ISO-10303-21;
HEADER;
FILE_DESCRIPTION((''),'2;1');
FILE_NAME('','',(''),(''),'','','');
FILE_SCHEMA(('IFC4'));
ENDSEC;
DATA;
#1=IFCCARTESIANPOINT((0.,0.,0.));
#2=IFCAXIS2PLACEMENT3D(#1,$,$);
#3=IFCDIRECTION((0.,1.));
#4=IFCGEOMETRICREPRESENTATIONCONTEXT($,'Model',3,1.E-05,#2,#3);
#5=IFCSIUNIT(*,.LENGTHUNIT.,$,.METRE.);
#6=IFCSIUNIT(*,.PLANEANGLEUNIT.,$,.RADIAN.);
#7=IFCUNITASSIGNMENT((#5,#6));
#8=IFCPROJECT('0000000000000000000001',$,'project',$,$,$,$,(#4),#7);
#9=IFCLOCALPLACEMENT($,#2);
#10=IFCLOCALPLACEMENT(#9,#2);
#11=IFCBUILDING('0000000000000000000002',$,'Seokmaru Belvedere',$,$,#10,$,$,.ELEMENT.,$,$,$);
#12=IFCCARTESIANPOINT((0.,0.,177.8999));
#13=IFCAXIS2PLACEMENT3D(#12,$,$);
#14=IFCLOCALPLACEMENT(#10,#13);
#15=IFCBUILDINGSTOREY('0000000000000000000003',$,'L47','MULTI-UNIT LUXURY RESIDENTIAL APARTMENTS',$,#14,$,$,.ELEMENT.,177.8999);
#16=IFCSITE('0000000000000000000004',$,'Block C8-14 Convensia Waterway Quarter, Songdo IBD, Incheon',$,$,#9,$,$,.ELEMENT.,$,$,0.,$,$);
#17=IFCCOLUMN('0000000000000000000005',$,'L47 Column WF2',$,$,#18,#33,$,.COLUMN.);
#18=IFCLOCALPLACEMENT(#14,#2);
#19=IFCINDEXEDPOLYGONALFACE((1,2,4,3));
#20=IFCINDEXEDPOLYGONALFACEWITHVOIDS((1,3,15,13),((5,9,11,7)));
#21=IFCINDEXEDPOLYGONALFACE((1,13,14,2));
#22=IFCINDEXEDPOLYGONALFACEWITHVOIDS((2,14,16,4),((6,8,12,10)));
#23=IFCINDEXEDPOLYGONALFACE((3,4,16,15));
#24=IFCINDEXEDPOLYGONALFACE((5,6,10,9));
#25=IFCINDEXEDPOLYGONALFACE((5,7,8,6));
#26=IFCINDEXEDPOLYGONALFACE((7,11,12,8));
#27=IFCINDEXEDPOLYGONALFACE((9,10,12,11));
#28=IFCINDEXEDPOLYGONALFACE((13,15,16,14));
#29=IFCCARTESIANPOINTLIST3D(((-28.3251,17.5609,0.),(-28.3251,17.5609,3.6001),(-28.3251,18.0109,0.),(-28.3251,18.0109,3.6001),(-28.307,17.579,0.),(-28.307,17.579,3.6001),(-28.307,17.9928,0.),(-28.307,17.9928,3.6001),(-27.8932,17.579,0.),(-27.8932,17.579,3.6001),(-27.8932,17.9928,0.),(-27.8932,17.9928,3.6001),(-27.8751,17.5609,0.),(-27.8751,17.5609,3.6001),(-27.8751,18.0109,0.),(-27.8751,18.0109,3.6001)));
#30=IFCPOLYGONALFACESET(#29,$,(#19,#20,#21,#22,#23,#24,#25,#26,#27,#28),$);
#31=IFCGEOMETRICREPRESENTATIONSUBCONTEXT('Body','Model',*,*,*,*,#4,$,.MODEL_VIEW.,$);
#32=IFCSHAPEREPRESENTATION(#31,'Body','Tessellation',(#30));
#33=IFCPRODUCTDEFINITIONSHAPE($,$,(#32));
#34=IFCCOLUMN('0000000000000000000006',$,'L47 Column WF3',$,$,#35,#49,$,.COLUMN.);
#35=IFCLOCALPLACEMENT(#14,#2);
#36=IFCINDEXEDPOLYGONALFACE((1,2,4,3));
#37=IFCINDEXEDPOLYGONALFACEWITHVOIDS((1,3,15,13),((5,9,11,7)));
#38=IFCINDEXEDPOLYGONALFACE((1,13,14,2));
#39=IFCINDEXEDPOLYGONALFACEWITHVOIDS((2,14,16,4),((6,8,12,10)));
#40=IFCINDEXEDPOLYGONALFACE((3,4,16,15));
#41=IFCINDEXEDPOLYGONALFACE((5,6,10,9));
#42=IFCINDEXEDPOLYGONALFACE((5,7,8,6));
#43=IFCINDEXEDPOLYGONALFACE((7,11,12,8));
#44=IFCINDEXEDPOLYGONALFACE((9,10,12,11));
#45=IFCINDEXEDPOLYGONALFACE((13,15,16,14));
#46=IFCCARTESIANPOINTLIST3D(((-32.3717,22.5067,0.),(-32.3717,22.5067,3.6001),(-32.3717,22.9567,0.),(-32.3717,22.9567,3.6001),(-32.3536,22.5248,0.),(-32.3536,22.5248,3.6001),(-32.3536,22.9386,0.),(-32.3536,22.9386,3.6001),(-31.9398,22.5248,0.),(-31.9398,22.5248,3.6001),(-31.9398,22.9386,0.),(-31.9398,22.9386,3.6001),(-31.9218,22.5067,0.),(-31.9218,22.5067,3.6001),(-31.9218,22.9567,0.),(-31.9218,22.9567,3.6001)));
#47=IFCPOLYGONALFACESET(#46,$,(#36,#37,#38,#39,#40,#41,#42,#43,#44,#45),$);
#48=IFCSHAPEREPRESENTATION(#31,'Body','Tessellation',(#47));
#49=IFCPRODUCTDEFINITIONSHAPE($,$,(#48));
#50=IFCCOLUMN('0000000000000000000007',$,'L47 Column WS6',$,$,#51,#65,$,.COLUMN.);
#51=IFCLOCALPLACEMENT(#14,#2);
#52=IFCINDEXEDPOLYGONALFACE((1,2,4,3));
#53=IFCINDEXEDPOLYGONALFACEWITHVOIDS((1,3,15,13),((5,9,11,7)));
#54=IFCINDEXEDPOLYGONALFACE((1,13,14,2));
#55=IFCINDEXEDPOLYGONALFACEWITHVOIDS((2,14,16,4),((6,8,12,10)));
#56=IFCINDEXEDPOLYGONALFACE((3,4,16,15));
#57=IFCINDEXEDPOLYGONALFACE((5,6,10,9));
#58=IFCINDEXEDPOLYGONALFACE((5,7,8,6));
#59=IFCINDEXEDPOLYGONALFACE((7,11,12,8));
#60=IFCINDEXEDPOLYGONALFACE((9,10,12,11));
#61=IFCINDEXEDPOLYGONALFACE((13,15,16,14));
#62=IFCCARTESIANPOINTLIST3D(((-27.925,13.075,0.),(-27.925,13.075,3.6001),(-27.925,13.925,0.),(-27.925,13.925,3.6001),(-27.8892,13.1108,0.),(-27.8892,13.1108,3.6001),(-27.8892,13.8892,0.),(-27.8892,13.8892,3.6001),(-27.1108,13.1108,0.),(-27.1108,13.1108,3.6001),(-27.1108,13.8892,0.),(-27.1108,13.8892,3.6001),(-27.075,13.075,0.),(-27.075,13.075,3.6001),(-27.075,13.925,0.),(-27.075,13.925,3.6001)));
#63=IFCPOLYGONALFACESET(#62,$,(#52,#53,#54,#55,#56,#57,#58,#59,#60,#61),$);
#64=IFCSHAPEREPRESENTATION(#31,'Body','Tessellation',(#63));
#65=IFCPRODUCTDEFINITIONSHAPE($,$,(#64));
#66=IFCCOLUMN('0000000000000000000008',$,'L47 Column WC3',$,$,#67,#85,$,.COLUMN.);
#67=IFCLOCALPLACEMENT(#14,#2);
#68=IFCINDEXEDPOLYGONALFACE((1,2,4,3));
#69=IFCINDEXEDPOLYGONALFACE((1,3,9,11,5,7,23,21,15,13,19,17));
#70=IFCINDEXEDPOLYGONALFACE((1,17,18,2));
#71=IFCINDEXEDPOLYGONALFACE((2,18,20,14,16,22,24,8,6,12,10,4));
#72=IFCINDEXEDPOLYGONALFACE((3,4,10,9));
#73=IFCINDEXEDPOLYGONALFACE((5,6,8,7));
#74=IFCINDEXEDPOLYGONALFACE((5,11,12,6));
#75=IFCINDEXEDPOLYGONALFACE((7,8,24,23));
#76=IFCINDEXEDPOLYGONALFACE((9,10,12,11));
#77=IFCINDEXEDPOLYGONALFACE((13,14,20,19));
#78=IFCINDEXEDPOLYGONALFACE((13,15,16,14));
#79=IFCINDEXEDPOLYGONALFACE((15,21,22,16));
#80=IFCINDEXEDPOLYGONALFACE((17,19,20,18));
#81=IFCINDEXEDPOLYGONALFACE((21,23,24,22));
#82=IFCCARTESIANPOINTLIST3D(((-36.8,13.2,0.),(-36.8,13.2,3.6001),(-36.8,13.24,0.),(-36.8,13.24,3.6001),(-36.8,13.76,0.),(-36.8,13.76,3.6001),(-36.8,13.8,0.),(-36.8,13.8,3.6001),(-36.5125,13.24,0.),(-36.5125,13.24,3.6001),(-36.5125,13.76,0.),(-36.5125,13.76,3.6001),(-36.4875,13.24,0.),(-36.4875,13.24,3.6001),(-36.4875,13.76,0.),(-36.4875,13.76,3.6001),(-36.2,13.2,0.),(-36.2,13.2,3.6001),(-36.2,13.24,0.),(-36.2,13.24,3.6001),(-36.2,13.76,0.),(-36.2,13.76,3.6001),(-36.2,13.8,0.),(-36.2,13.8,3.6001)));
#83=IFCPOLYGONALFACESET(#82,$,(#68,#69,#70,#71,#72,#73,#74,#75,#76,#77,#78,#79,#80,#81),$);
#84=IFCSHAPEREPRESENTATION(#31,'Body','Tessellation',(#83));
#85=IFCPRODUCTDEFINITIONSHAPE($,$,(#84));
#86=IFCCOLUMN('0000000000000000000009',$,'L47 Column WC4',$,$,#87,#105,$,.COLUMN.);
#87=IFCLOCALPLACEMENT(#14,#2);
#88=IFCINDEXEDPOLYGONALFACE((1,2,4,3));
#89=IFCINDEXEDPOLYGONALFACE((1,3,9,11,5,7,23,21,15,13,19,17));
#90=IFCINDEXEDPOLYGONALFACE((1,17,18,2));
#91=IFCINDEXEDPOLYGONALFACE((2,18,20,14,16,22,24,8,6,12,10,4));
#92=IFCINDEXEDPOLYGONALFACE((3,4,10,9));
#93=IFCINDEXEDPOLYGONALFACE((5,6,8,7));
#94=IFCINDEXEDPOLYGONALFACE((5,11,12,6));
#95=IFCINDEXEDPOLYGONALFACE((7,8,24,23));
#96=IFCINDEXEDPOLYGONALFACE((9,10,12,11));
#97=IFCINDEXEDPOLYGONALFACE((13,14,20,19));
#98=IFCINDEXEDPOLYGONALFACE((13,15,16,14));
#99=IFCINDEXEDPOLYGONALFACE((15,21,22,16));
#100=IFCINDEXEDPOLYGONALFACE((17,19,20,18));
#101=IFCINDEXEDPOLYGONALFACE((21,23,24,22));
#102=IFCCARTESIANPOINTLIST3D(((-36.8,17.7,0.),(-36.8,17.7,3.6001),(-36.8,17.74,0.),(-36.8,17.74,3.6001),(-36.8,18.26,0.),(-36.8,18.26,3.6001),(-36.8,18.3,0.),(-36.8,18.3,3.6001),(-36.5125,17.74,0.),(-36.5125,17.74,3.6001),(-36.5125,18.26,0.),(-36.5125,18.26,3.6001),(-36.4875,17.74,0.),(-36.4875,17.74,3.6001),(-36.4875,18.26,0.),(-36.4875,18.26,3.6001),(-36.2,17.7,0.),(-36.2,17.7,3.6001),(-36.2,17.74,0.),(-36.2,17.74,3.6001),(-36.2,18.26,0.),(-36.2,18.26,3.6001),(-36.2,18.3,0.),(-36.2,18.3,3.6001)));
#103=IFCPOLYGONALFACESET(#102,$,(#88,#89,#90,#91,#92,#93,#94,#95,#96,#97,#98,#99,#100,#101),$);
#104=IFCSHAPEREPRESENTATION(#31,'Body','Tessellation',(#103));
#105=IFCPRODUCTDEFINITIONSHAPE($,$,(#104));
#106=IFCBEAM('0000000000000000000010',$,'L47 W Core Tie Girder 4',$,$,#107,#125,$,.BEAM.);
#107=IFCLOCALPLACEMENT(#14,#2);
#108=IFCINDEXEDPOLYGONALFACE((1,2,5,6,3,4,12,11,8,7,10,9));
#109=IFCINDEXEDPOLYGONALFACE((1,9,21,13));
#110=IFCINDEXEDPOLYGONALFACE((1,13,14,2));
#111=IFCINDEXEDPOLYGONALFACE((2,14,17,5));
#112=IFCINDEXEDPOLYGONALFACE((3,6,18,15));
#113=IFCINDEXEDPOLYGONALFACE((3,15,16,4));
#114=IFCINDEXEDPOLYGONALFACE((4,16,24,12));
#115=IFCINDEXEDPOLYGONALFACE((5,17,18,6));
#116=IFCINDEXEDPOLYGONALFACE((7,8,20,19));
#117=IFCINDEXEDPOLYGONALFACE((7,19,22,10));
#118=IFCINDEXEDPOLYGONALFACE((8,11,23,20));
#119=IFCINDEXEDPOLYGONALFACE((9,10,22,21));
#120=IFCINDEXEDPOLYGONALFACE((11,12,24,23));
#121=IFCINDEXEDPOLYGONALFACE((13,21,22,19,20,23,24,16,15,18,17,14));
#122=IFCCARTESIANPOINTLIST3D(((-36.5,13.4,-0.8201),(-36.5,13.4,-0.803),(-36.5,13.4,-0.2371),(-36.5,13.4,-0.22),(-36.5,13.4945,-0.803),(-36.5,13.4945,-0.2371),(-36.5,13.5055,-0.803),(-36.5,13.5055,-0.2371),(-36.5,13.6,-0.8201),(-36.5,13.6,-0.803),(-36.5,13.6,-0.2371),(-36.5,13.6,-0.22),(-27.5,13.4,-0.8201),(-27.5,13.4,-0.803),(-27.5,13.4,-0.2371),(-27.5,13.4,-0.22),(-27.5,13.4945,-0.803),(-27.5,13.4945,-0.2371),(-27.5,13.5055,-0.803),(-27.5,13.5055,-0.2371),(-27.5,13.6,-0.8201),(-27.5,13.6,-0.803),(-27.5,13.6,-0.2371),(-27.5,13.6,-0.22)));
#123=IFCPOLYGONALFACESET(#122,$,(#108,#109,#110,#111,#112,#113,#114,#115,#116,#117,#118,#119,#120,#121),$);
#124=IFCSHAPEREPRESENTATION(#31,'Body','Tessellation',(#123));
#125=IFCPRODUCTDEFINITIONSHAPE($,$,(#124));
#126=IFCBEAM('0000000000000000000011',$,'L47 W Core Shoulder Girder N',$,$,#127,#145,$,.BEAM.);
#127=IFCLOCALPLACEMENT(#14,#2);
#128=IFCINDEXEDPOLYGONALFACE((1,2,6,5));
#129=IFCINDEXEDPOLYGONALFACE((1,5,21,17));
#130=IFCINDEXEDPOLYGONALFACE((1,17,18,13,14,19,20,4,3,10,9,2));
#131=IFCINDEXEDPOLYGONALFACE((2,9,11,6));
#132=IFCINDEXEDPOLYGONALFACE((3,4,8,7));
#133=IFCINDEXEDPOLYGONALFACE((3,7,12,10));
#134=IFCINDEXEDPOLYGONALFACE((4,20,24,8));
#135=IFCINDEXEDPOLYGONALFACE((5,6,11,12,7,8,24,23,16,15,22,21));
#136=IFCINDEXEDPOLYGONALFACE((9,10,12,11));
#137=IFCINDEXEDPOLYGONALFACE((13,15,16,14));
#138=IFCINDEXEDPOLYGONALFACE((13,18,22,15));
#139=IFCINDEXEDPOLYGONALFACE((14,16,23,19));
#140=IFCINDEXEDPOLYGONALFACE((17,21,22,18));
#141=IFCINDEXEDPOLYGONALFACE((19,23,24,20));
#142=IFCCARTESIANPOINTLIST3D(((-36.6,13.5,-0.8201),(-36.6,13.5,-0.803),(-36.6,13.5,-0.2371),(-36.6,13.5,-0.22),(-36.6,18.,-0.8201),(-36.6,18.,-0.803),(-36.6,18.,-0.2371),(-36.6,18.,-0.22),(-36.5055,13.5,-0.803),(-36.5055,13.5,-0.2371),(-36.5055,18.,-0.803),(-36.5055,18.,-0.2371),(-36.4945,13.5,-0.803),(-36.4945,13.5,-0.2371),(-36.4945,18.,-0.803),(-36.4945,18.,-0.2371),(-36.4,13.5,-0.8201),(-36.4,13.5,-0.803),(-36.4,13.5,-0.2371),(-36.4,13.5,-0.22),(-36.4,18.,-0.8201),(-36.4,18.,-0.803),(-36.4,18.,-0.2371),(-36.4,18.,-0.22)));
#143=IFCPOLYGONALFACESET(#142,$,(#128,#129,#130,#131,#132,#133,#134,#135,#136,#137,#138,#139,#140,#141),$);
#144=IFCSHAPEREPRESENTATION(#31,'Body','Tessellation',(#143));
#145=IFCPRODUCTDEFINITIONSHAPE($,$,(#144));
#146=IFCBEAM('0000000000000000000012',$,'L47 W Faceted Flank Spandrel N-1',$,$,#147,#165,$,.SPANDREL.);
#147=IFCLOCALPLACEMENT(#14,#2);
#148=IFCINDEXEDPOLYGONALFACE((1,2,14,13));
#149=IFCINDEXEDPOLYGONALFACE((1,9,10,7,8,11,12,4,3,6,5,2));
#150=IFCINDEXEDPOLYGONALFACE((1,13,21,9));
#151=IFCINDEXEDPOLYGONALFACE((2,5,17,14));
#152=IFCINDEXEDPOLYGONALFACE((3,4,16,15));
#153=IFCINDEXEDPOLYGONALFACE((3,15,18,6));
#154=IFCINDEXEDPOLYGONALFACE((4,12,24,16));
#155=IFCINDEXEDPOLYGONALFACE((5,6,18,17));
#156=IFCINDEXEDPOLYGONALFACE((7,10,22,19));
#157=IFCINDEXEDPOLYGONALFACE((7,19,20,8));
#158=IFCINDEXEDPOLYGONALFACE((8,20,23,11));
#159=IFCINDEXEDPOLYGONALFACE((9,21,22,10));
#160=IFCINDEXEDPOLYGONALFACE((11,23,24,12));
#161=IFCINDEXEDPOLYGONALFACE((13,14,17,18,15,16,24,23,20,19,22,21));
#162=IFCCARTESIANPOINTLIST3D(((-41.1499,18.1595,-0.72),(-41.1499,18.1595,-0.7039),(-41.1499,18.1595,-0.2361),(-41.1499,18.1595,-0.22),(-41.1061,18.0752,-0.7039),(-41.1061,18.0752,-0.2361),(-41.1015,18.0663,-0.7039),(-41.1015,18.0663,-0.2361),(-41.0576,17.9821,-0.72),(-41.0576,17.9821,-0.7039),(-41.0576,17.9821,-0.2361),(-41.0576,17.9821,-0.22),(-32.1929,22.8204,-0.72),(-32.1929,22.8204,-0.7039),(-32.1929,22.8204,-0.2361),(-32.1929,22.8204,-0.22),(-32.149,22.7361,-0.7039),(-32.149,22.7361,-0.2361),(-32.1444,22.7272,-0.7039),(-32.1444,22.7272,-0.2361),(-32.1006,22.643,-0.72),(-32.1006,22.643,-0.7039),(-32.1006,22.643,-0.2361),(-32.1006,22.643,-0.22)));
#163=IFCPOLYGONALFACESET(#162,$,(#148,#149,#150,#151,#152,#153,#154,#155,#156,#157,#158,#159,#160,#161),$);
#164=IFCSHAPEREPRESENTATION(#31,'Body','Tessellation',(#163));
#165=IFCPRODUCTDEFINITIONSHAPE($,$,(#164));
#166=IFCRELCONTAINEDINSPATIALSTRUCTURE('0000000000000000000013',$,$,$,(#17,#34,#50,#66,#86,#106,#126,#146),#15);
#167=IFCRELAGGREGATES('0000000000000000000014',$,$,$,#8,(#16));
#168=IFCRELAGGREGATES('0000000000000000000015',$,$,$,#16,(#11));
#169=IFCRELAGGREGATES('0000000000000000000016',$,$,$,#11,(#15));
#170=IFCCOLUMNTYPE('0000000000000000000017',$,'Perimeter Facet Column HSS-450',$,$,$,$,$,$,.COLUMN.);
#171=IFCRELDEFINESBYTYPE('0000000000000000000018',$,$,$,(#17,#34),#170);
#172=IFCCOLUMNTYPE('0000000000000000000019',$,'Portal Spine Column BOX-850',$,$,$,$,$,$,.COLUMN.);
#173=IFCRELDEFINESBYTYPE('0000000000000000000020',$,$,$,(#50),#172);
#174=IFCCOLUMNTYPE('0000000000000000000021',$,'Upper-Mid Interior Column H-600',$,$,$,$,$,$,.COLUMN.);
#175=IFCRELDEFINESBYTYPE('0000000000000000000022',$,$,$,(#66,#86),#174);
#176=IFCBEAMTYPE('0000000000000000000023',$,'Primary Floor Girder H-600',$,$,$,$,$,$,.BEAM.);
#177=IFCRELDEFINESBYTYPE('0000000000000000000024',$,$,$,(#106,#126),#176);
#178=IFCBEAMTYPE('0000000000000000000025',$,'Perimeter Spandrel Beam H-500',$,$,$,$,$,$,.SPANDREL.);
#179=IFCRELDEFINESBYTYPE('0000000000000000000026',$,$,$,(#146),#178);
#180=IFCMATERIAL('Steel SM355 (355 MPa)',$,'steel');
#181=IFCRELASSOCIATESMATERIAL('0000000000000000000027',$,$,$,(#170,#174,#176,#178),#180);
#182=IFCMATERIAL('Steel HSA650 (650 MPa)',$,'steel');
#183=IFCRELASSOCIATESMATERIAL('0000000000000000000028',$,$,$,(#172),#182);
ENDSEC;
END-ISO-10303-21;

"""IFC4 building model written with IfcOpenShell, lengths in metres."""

from ifc_helpers import new_model, si_unit, direction, frame, origin, origin_2d, place, context, subcontext, project, spatial, hollow_rectangle, i_section, extrude, source, transform, mapped, material, material_profile, profile_set, type_object, type_shapes, element, save


model = new_model("IFC4")

# Units and contexts
model_context = context("Model", 3, precision=1e-05, world=origin(), true_north=direction((0.0, 1.0)))
body_context = subcontext(model_context, "Body", "Model", "MODEL_VIEW")
ifc_project = project(units=[si_unit("LENGTHUNIT", "METRE"), si_unit("PLANEANGLEUNIT", "RADIAN")], contexts=[model_context])

# Site, building, storey
site_placement = place(None, origin())
site = spatial("IfcSite", under=ifc_project, at=site_placement, Name="Block C8-14 Convensia Waterway Quarter, Songdo IBD, Incheon", CompositionType="ELEMENT", RefElevation=0.0)
building_placement = place(site_placement, origin())
building = spatial("IfcBuilding", under=site, at=building_placement, Name="Seokmaru Belvedere", CompositionType="ELEMENT")
storey_placement = place(building_placement, frame((0.0, 0.0, 177.8999)))
storey = spatial("IfcBuildingStorey", under=building, at=storey_placement, Name="L47", Description="MULTI-UNIT LUXURY RESIDENTIAL APARTMENTS", CompositionType="ELEMENT", Elevation=177.8999)

# Columns
ifc_material_1 = material(Name="Steel SM355 (355 MPa)", Category="steel")
ifc_material_profile_1 = material_profile(ifc_material_1, hollow_rectangle(XDim=0.45, YDim=0.45, WallThickness=0.0181, at=origin_2d()), Name="HSS-450x450x18")
ifc_profile_set_1 = profile_set([ifc_material_profile_1], Name="Steel SM355 (355 MPa)")
column_type_1 = type_object("IfcColumnType", Name="Perimeter Facet Column HSS-450", PredefinedType="COLUMN", material=ifc_profile_set_1)
shared_shape_1 = source(origin(), body_context, "Body", "SweptSolid", [
    extrude(hollow_rectangle(XDim=0.45, YDim=0.45, WallThickness=0.0181, at=origin_2d()), origin(), (0.0, 0.0, 1.0), 3.6001),
])
type_shapes(column_type_1, [shared_shape_1])
for number, where, z_axis, x_axis, name in (
    (1, (-28.1001, 17.7859, 0.0), (0.0, 0.0, 1.0), (1.0, 0.0, 0.0), "L47 Column WF2"),
    (2, (-32.1467, 22.7317, 0.0), (0.0, 0.0, 1.0), (1.0, 0.0, 0.0), "L47 Column WF3"),
):
    element("IfcColumn", number, at=place(storey_placement, frame(where, z_axis=z_axis, x_axis=x_axis)), inside=storey, type_object=column_type_1, Name=name, PredefinedType="COLUMN", context=body_context, shape_type="MappedRepresentation", body=[
        mapped(shared_shape_1, transform((0.0, 0.0, 0.0), scale=1.0)),
    ])
ifc_material_2 = material(Name="Steel HSA650 (650 MPa)", Category="steel")
ifc_material_profile_2 = material_profile(ifc_material_2, hollow_rectangle(XDim=0.8501, YDim=0.8501, WallThickness=0.0359, at=origin_2d()), Name="BOX-850x850x36")
ifc_profile_set_2 = profile_set([ifc_material_profile_2], Name="Steel HSA650 (650 MPa)")
column_type_2 = type_object("IfcColumnType", Name="Portal Spine Column BOX-850", PredefinedType="COLUMN", material=ifc_profile_set_2)
shared_shape_2 = source(origin(), body_context, "Body", "SweptSolid", [
    extrude(hollow_rectangle(XDim=0.8501, YDim=0.8501, WallThickness=0.0359, at=origin_2d()), origin(), (0.0, 0.0, 1.0), 3.6001),
])
type_shapes(column_type_2, [shared_shape_2])
column_placement = place(storey_placement, frame((-27.5, 13.5, 0.0), z_axis=(0.0, 0.0, 1.0), x_axis=(1.0, 0.0, 0.0)))
element("IfcColumn", 3, at=column_placement, inside=storey, type_object=column_type_2, Name="L47 Column WS6", PredefinedType="COLUMN", context=body_context, shape_type="MappedRepresentation", body=[
    mapped(shared_shape_2, transform((0.0, 0.0, 0.0), scale=1.0)),
])
ifc_material_profile_3 = material_profile(ifc_material_1, i_section(OverallWidth=0.6001, OverallDepth=0.6001, WebThickness=0.0249, FlangeThickness=0.04, at=origin_2d()), Name="H-600x600x25x40")
ifc_profile_set_3 = profile_set([ifc_material_profile_3], Name="Steel SM355 (355 MPa)")
column_type_3 = type_object("IfcColumnType", Name="Upper-Mid Interior Column H-600", PredefinedType="COLUMN", material=ifc_profile_set_3)
shared_shape_3 = source(origin(), body_context, "Body", "SweptSolid", [
    extrude(i_section(OverallWidth=0.6001, OverallDepth=0.6001, WebThickness=0.0249, FlangeThickness=0.04, at=origin_2d()), origin(), (0.0, 0.0, 1.0), 3.6001),
])
type_shapes(column_type_3, [shared_shape_3])
for number, where, z_axis, x_axis, name in (
    (4, (-36.5, 13.5, 0.0), (0.0, 0.0, 1.0), (1.0, 0.0, 0.0), "L47 Column WC3"),
    (5, (-36.5, 18.0, 0.0), (0.0, 0.0, 1.0), (1.0, 0.0, 0.0), "L47 Column WC4"),
):
    element("IfcColumn", number, at=place(storey_placement, frame(where, z_axis=z_axis, x_axis=x_axis)), inside=storey, type_object=column_type_3, Name=name, PredefinedType="COLUMN", context=body_context, shape_type="MappedRepresentation", body=[
        mapped(shared_shape_3, transform((0.0, 0.0, 0.0), scale=1.0)),
    ])

# Beams
ifc_material_profile_4 = material_profile(ifc_material_1, i_section(OverallWidth=0.2, OverallDepth=0.6001, WebThickness=0.011, FlangeThickness=0.0171, at=origin_2d()), Name="H-600x200x11x17")
ifc_profile_set_4 = profile_set([ifc_material_profile_4], Name="Steel SM355 (355 MPa)")
beam_type_1 = type_object("IfcBeamType", Name="Primary Floor Girder H-600", PredefinedType="BEAM", material=ifc_profile_set_4)
shared_shape_4 = source(origin(), body_context, "Body", "SweptSolid", [
    extrude(i_section(OverallWidth=0.2, OverallDepth=0.6001, WebThickness=0.011, FlangeThickness=0.0171, at=origin_2d()), origin(), (0.0, 0.0, 1.0), 9.0),
])
beam_1_placement = place(storey_placement, frame((-36.5, 13.5, -0.52), z_axis=(1.0, 0.0, 0.0), x_axis=(0.0, 1.0, 0.0)))
element("IfcBeam", 6, at=beam_1_placement, inside=storey, type_object=beam_type_1, Name="L47 W Core Tie Girder 4", PredefinedType="BEAM", context=body_context, shape_type="MappedRepresentation", body=[
    mapped(shared_shape_4, transform((0.0, 0.0, 0.0), scale=1.0)),
])
shared_shape_5 = source(origin(), body_context, "Body", "SweptSolid", [
    extrude(i_section(OverallWidth=0.2, OverallDepth=0.6001, WebThickness=0.011, FlangeThickness=0.0171, at=origin_2d()), origin(), (0.0, 0.0, 1.0), 4.5),
])
type_shapes(beam_type_1, [shared_shape_4, shared_shape_5])
beam_2_placement = place(storey_placement, frame((-36.5, 13.5, -0.52), z_axis=(0.0, 1.0, 0.0), x_axis=(-1.0, 0.0, 0.0)))
element("IfcBeam", 7, at=beam_2_placement, inside=storey, type_object=beam_type_1, Name="L47 W Core Shoulder Girder N", PredefinedType="BEAM", context=body_context, shape_type="MappedRepresentation", body=[
    mapped(shared_shape_5, transform((0.0, 0.0, 0.0), scale=1.0)),
])
ifc_material_profile_5 = material_profile(ifc_material_1, i_section(OverallWidth=0.2, OverallDepth=0.5, WebThickness=0.01, FlangeThickness=0.0161, at=origin_2d()), Name="H-500x200x10x16")
ifc_profile_set_5 = profile_set([ifc_material_profile_5], Name="Steel SM355 (355 MPa)")
beam_type_2 = type_object("IfcBeamType", Name="Perimeter Spandrel Beam H-500", PredefinedType="SPANDREL", material=ifc_profile_set_5)
shared_shape_6 = source(origin(), body_context, "Body", "SweptSolid", [
    extrude(i_section(OverallWidth=0.2, OverallDepth=0.5, WebThickness=0.01, FlangeThickness=0.0161, at=origin_2d()), origin(), (0.0, 0.0, 1.0), 10.0972),
])
beam_3_placement = place(storey_placement, frame((-32.1467, 22.7317, -0.47), z_axis=(-0.887086, -0.461605, 0.0), x_axis=(0.461605, -0.887086, 0.0)))
element("IfcBeam", 8, at=beam_3_placement, inside=storey, type_object=beam_type_2, Name="L47 W Faceted Flank Spandrel N-1", PredefinedType="SPANDREL", context=body_context, shape_type="MappedRepresentation", body=[
    mapped(shared_shape_6, transform((0.0, 0.0, 0.0), scale=1.0)),
])

save(model, "model.ifc")
